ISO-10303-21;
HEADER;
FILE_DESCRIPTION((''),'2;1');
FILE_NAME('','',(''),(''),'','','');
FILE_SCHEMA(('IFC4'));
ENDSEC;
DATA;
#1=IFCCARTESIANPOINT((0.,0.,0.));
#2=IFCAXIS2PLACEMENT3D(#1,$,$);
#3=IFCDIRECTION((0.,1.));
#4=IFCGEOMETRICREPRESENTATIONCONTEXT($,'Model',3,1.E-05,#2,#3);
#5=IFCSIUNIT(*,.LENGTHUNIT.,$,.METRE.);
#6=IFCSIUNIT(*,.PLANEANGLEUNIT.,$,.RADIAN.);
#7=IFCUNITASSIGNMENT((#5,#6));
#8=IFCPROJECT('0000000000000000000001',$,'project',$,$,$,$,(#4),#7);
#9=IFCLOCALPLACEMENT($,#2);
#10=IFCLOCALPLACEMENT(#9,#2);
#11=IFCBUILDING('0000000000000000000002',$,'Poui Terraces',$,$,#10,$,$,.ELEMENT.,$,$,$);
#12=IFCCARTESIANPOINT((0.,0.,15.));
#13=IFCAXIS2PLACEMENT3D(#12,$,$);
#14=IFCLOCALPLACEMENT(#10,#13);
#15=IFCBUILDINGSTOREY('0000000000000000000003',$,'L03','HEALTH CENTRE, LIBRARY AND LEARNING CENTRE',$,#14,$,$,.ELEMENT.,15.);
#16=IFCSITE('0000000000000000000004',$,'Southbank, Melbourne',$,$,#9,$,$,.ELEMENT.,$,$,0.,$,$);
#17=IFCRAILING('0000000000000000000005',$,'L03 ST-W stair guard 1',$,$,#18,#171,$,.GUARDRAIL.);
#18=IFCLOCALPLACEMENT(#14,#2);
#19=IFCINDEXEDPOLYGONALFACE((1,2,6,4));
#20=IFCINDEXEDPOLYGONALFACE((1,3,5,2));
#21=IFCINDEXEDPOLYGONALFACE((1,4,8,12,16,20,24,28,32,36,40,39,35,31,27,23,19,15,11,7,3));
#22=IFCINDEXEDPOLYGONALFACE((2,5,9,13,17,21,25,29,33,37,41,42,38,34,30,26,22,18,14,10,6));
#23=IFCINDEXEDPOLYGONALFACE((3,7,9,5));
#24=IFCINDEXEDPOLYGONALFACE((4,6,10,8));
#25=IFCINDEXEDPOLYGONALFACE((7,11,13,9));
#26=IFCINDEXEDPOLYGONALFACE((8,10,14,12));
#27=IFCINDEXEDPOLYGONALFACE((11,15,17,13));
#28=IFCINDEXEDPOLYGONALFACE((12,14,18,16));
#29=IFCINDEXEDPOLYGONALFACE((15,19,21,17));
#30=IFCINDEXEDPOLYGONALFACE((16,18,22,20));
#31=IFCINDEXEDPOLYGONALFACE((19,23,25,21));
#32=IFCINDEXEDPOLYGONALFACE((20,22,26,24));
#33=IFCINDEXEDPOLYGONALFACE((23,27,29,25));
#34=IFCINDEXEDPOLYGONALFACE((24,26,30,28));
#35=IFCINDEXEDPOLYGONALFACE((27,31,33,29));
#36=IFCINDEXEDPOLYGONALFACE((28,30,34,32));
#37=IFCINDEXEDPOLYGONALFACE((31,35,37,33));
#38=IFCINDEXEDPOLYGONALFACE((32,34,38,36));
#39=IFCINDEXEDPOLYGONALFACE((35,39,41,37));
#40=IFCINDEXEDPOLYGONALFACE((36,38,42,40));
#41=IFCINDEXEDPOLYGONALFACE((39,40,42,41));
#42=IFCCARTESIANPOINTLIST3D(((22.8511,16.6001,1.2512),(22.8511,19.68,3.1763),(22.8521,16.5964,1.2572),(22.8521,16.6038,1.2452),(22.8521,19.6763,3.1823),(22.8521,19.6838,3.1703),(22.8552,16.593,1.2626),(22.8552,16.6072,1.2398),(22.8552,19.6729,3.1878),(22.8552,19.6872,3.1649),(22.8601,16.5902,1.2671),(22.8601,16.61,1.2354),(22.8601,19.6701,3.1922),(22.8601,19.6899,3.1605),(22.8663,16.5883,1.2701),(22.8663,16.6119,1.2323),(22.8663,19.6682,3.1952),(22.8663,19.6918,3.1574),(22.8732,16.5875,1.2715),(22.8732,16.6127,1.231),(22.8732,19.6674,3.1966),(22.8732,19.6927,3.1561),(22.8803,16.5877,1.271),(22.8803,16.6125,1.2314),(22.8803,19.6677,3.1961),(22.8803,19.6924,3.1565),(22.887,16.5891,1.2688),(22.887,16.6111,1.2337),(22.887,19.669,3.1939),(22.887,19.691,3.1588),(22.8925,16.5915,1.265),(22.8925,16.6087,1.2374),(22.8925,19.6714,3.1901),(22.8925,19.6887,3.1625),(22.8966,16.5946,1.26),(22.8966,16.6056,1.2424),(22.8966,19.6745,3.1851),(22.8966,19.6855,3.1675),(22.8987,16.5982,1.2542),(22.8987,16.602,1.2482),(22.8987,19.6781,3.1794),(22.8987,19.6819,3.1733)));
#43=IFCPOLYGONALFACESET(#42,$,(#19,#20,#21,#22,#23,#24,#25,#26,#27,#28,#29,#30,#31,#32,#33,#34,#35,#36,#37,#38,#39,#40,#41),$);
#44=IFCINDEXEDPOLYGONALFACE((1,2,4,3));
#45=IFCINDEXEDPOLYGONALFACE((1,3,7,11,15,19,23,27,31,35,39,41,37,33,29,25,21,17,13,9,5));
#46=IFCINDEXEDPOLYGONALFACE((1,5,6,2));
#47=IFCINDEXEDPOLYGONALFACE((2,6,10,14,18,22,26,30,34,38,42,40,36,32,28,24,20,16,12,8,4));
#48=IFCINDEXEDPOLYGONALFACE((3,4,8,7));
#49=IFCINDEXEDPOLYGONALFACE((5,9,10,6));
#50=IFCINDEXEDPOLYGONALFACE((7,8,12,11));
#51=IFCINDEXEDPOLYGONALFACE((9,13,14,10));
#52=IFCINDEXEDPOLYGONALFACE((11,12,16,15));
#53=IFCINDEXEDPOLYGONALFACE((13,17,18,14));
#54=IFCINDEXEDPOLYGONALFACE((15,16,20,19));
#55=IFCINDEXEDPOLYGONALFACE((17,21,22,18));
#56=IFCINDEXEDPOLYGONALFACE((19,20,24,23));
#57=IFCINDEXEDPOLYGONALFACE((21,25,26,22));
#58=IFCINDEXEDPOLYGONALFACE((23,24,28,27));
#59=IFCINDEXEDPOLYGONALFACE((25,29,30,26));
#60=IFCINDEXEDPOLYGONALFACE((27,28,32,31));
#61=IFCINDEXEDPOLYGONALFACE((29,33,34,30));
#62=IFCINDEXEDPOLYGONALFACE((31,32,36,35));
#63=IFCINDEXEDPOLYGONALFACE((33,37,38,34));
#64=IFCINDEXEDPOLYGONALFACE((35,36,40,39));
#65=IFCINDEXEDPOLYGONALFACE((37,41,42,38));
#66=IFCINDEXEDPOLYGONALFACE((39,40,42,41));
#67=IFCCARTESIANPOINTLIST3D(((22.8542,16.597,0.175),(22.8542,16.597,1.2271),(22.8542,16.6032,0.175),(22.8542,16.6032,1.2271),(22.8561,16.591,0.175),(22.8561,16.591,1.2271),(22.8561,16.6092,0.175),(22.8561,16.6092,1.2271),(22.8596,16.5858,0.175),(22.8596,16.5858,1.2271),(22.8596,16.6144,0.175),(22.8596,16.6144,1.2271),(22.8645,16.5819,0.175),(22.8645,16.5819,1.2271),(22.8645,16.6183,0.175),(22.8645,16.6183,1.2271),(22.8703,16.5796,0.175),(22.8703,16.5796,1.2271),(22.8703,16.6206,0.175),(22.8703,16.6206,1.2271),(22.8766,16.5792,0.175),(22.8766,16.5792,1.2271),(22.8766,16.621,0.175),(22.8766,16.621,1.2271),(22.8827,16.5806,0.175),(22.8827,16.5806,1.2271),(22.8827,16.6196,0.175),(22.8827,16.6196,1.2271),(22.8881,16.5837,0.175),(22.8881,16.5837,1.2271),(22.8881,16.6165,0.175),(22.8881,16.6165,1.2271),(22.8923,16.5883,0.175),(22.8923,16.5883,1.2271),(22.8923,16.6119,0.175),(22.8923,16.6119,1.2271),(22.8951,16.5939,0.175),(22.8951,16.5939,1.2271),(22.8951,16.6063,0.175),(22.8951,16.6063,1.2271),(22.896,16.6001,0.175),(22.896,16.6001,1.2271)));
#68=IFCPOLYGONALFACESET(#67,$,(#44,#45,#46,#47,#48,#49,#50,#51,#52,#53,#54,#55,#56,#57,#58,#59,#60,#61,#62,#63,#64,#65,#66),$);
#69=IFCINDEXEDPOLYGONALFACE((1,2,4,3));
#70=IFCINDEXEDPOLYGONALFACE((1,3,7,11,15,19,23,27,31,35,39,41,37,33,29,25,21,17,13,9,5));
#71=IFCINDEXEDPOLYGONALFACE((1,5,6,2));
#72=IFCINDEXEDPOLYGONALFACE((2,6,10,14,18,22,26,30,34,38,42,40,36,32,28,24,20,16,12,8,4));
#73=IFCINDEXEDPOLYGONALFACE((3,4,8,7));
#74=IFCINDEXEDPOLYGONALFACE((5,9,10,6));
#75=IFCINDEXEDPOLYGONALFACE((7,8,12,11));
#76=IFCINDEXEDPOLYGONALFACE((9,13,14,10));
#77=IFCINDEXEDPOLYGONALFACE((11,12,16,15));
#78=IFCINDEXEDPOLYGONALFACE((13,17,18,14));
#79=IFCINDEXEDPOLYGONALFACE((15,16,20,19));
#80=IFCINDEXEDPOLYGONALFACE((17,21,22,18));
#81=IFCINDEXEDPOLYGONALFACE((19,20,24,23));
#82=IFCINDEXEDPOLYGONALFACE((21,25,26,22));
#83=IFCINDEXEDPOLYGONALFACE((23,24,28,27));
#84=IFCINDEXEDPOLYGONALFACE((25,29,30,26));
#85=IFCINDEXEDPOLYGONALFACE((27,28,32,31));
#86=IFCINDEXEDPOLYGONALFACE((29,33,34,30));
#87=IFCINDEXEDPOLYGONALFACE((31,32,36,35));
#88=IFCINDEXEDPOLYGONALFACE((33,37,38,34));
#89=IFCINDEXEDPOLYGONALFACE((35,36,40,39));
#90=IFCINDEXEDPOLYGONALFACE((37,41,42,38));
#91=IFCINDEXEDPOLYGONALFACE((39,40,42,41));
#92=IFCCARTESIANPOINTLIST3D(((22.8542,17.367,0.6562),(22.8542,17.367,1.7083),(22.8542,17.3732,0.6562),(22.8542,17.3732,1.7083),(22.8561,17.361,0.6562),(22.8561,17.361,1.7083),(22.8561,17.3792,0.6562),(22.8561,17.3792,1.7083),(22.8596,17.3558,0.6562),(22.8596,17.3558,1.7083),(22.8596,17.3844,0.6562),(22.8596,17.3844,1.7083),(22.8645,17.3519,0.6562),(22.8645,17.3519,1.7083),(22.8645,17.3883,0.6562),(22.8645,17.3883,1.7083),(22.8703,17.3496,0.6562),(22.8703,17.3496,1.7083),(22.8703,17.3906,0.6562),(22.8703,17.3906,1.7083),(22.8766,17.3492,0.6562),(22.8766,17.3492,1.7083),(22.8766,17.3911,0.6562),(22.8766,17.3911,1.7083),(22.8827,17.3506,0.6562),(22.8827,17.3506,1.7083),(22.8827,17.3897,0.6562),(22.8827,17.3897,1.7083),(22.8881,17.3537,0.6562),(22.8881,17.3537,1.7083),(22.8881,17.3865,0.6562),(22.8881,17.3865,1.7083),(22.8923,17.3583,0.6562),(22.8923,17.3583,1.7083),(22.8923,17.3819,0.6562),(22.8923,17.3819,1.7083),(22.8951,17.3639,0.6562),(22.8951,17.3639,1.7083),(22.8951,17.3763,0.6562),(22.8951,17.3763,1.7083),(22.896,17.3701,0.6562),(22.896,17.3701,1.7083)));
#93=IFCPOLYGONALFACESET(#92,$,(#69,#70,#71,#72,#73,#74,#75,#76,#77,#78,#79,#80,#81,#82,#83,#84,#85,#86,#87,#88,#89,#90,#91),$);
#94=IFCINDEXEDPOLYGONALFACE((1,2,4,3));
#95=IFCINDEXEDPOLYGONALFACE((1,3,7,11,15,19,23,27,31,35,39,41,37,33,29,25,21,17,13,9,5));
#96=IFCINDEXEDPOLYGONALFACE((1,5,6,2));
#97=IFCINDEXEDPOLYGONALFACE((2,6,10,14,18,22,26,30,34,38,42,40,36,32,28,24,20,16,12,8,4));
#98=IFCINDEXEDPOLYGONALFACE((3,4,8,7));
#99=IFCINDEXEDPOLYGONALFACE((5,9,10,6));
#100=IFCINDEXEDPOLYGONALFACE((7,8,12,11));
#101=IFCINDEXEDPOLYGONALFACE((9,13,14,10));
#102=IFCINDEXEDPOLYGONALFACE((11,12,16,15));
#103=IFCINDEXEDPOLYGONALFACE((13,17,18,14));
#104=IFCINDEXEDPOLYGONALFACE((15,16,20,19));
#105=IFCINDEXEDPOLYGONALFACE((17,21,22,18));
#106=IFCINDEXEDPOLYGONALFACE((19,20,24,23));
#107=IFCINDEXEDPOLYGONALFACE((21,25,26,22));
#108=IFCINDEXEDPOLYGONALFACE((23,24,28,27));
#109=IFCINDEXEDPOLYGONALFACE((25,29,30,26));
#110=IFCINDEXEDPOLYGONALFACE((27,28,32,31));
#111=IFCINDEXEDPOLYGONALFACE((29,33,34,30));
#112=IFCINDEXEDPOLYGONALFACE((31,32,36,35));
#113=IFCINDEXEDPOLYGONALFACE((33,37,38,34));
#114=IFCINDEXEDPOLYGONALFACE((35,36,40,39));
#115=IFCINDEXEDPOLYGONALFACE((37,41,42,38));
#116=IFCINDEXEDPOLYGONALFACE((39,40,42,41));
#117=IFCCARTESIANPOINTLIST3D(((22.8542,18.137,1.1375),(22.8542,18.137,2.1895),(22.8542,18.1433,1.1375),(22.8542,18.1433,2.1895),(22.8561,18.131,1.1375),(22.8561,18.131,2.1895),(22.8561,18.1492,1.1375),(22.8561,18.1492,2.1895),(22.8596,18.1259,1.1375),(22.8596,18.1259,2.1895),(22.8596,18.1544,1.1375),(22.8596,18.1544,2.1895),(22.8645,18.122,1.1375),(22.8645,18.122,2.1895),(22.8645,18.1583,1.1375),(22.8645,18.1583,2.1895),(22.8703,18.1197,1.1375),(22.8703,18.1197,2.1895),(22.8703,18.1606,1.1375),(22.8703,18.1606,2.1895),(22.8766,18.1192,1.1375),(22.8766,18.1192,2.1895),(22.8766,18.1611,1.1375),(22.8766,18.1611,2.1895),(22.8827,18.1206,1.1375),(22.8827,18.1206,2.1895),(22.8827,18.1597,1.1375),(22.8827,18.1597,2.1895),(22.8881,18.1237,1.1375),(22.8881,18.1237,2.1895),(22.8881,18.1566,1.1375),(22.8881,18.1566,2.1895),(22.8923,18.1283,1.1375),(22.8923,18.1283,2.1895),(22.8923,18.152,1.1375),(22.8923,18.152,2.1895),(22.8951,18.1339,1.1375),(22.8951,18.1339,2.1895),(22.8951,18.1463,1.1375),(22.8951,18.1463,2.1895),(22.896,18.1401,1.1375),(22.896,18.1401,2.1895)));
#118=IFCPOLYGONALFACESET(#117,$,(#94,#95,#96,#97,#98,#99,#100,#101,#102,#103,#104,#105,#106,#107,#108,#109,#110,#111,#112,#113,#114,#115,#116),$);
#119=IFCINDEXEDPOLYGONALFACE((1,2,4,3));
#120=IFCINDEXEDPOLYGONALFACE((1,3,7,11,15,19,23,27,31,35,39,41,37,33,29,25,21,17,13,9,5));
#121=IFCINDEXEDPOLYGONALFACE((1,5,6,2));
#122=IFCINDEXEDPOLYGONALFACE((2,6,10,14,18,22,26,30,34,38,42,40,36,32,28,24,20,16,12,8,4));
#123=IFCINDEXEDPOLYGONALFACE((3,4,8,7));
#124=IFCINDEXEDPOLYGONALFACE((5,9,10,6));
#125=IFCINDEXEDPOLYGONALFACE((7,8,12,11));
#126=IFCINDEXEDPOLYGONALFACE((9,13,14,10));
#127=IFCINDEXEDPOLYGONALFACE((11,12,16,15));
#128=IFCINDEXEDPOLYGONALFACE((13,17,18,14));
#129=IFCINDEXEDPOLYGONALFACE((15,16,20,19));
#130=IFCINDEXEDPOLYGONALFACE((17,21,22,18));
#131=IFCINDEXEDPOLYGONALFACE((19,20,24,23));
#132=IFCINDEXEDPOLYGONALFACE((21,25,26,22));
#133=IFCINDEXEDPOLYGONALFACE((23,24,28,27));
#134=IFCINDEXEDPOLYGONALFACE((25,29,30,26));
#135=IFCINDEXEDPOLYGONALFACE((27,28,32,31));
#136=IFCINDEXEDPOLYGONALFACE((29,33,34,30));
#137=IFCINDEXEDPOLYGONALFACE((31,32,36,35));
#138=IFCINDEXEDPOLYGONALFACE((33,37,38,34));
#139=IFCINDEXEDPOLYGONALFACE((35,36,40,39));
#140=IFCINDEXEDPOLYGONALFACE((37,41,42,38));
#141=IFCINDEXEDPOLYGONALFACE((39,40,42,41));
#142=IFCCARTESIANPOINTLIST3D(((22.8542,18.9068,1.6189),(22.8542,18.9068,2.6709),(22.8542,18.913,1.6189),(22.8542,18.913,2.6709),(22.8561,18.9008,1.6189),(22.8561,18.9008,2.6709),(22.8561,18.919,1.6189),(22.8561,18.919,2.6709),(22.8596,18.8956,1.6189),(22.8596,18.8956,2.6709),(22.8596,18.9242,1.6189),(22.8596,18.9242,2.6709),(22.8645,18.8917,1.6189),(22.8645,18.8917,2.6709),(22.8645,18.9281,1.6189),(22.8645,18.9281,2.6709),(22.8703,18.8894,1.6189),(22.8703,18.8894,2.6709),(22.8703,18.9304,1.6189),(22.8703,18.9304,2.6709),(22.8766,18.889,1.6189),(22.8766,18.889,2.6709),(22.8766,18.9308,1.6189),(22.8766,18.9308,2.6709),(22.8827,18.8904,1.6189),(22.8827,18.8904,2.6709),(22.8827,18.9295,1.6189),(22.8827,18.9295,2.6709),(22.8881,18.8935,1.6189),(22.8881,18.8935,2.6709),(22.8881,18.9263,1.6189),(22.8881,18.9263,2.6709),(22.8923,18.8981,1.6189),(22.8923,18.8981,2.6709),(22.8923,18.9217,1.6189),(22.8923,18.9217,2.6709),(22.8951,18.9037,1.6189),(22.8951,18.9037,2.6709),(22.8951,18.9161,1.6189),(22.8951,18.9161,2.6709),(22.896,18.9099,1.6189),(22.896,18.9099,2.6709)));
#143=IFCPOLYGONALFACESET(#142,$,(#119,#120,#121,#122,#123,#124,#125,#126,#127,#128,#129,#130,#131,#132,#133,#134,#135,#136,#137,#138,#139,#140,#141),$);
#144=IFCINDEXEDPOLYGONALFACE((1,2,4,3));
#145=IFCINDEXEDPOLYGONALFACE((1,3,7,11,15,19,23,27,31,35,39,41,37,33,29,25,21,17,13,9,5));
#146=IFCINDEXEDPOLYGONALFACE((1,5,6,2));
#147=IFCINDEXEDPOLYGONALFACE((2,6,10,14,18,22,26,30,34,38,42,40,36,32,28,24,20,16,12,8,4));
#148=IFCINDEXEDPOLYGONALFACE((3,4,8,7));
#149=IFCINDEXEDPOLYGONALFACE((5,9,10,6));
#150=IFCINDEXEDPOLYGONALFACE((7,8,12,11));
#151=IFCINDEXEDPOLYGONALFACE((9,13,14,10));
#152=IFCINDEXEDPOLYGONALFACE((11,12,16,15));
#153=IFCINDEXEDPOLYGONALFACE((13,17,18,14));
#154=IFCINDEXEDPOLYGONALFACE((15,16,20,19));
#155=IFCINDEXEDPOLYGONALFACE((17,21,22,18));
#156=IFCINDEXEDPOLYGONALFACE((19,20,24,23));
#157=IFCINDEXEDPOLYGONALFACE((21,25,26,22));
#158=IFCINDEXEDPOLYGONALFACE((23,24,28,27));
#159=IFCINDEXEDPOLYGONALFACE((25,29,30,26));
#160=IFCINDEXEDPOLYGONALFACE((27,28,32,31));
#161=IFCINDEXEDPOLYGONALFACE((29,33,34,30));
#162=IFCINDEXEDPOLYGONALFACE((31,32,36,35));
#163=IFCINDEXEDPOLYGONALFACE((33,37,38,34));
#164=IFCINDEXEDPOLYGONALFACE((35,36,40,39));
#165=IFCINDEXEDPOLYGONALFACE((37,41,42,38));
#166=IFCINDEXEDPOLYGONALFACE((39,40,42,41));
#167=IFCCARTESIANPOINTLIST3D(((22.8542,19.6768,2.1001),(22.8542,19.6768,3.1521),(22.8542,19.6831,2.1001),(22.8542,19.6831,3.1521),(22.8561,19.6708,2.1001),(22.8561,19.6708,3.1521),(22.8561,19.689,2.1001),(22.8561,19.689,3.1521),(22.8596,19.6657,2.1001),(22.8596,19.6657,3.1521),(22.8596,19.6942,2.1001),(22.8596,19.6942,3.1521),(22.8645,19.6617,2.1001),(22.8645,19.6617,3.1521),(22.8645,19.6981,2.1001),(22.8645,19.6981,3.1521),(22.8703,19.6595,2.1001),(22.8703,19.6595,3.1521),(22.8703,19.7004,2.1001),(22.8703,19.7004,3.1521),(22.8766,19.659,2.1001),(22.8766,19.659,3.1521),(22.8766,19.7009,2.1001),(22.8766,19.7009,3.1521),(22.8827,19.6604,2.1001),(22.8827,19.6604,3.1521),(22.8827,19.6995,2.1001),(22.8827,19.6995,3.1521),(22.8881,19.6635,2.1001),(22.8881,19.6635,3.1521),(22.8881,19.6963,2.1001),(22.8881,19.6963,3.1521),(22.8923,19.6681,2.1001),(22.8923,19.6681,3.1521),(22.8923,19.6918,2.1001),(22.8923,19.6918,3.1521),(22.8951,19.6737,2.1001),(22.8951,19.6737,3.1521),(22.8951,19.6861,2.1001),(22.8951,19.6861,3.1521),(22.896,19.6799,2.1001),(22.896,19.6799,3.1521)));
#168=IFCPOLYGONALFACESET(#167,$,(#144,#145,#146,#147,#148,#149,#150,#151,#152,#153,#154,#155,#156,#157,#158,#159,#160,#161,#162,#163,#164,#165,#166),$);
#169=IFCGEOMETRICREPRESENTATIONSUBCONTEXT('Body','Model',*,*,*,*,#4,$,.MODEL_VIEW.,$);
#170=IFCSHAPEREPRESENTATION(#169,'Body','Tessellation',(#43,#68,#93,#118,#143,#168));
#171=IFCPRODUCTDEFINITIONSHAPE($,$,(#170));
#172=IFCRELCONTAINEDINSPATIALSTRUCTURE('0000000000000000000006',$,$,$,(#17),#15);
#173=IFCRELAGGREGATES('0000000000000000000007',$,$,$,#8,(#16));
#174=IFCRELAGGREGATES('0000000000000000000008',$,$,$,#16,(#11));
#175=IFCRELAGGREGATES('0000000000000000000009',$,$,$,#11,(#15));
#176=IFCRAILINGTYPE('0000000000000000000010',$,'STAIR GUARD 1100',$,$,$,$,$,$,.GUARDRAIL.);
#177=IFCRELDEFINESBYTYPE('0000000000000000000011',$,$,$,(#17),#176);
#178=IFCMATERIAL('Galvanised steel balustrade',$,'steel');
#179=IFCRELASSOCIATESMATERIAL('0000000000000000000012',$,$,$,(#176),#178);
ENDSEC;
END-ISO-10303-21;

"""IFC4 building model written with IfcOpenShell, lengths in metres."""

from ifc_helpers import new_model, si_unit, direction, frame, origin, origin_2d, place, context, subcontext, project, spatial, circle, extrude, material, type_object, element, save


model = new_model("IFC4")

# Units and contexts
model_context = context("Model", 3, precision=1e-05, world=origin(), true_north=direction((0.0, 1.0)))
body_context = subcontext(model_context, "Body", "Model", "MODEL_VIEW")
ifc_project = project(units=[si_unit("LENGTHUNIT", "METRE"), si_unit("PLANEANGLEUNIT", "RADIAN")], contexts=[model_context])

# Site, building, storey
site_placement = place(None, origin())
site = spatial("IfcSite", under=ifc_project, at=site_placement, Name="Southbank, Melbourne", CompositionType="ELEMENT", RefElevation=0.0)
building_placement = place(site_placement, origin())
building = spatial("IfcBuilding", under=site, at=building_placement, Name="Poui Terraces", CompositionType="ELEMENT")
storey_placement = place(building_placement, frame((0.0, 0.0, 15.0)))
storey = spatial("IfcBuildingStorey", under=building, at=storey_placement, Name="L03", Description="HEALTH CENTRE, LIBRARY AND LEARNING CENTRE", CompositionType="ELEMENT", Elevation=15.0)

# Railing
ifc_material_1 = material(Name="Galvanised steel balustrade", Category="steel")
railing_type_1 = type_object("IfcRailingType", Name="STAIR GUARD 1100", PredefinedType="GUARDRAIL", material=ifc_material_1)
railing_1_placement = place(storey_placement, frame((22.875, 16.6001, 0.175)))
element("IfcRailing", 1, at=railing_1_placement, inside=storey, type_object=railing_type_1, Name="L03 ST-W stair guard 1", PredefinedType="GUARDRAIL", context=body_context, shape_type="SweptSolid", body=[
    extrude(circle(Radius=0.0239, at=origin_2d()), frame((0.0, 0.0, 1.0762), z_axis=(0.0, 0.847979, 0.530029), x_axis=(-1.0, 0.0, 0.0)), (0.0, 0.0, 1.0), 3.6321),
    extrude(circle(Radius=0.021, at=origin_2d()), origin(), (0.0, 0.0, 1.0), 1.052),
    extrude(circle(Radius=0.021, at=origin_2d()), frame((0.0, 0.77, 0.4812)), (0.0, 0.0, 1.0), 1.052),
    extrude(circle(Radius=0.021, at=origin_2d()), frame((0.0, 1.54, 0.9624)), (0.0, 0.0, 1.0), 1.052),
    extrude(circle(Radius=0.021, at=origin_2d()), frame((0.0, 2.3098, 1.4438)), (0.0, 0.0, 1.0), 1.052),
    extrude(circle(Radius=0.021, at=origin_2d()), frame((0.0, 3.0798, 1.925)), (0.0, 0.0, 1.0), 1.052),
])

save(model, "model.ifc")
